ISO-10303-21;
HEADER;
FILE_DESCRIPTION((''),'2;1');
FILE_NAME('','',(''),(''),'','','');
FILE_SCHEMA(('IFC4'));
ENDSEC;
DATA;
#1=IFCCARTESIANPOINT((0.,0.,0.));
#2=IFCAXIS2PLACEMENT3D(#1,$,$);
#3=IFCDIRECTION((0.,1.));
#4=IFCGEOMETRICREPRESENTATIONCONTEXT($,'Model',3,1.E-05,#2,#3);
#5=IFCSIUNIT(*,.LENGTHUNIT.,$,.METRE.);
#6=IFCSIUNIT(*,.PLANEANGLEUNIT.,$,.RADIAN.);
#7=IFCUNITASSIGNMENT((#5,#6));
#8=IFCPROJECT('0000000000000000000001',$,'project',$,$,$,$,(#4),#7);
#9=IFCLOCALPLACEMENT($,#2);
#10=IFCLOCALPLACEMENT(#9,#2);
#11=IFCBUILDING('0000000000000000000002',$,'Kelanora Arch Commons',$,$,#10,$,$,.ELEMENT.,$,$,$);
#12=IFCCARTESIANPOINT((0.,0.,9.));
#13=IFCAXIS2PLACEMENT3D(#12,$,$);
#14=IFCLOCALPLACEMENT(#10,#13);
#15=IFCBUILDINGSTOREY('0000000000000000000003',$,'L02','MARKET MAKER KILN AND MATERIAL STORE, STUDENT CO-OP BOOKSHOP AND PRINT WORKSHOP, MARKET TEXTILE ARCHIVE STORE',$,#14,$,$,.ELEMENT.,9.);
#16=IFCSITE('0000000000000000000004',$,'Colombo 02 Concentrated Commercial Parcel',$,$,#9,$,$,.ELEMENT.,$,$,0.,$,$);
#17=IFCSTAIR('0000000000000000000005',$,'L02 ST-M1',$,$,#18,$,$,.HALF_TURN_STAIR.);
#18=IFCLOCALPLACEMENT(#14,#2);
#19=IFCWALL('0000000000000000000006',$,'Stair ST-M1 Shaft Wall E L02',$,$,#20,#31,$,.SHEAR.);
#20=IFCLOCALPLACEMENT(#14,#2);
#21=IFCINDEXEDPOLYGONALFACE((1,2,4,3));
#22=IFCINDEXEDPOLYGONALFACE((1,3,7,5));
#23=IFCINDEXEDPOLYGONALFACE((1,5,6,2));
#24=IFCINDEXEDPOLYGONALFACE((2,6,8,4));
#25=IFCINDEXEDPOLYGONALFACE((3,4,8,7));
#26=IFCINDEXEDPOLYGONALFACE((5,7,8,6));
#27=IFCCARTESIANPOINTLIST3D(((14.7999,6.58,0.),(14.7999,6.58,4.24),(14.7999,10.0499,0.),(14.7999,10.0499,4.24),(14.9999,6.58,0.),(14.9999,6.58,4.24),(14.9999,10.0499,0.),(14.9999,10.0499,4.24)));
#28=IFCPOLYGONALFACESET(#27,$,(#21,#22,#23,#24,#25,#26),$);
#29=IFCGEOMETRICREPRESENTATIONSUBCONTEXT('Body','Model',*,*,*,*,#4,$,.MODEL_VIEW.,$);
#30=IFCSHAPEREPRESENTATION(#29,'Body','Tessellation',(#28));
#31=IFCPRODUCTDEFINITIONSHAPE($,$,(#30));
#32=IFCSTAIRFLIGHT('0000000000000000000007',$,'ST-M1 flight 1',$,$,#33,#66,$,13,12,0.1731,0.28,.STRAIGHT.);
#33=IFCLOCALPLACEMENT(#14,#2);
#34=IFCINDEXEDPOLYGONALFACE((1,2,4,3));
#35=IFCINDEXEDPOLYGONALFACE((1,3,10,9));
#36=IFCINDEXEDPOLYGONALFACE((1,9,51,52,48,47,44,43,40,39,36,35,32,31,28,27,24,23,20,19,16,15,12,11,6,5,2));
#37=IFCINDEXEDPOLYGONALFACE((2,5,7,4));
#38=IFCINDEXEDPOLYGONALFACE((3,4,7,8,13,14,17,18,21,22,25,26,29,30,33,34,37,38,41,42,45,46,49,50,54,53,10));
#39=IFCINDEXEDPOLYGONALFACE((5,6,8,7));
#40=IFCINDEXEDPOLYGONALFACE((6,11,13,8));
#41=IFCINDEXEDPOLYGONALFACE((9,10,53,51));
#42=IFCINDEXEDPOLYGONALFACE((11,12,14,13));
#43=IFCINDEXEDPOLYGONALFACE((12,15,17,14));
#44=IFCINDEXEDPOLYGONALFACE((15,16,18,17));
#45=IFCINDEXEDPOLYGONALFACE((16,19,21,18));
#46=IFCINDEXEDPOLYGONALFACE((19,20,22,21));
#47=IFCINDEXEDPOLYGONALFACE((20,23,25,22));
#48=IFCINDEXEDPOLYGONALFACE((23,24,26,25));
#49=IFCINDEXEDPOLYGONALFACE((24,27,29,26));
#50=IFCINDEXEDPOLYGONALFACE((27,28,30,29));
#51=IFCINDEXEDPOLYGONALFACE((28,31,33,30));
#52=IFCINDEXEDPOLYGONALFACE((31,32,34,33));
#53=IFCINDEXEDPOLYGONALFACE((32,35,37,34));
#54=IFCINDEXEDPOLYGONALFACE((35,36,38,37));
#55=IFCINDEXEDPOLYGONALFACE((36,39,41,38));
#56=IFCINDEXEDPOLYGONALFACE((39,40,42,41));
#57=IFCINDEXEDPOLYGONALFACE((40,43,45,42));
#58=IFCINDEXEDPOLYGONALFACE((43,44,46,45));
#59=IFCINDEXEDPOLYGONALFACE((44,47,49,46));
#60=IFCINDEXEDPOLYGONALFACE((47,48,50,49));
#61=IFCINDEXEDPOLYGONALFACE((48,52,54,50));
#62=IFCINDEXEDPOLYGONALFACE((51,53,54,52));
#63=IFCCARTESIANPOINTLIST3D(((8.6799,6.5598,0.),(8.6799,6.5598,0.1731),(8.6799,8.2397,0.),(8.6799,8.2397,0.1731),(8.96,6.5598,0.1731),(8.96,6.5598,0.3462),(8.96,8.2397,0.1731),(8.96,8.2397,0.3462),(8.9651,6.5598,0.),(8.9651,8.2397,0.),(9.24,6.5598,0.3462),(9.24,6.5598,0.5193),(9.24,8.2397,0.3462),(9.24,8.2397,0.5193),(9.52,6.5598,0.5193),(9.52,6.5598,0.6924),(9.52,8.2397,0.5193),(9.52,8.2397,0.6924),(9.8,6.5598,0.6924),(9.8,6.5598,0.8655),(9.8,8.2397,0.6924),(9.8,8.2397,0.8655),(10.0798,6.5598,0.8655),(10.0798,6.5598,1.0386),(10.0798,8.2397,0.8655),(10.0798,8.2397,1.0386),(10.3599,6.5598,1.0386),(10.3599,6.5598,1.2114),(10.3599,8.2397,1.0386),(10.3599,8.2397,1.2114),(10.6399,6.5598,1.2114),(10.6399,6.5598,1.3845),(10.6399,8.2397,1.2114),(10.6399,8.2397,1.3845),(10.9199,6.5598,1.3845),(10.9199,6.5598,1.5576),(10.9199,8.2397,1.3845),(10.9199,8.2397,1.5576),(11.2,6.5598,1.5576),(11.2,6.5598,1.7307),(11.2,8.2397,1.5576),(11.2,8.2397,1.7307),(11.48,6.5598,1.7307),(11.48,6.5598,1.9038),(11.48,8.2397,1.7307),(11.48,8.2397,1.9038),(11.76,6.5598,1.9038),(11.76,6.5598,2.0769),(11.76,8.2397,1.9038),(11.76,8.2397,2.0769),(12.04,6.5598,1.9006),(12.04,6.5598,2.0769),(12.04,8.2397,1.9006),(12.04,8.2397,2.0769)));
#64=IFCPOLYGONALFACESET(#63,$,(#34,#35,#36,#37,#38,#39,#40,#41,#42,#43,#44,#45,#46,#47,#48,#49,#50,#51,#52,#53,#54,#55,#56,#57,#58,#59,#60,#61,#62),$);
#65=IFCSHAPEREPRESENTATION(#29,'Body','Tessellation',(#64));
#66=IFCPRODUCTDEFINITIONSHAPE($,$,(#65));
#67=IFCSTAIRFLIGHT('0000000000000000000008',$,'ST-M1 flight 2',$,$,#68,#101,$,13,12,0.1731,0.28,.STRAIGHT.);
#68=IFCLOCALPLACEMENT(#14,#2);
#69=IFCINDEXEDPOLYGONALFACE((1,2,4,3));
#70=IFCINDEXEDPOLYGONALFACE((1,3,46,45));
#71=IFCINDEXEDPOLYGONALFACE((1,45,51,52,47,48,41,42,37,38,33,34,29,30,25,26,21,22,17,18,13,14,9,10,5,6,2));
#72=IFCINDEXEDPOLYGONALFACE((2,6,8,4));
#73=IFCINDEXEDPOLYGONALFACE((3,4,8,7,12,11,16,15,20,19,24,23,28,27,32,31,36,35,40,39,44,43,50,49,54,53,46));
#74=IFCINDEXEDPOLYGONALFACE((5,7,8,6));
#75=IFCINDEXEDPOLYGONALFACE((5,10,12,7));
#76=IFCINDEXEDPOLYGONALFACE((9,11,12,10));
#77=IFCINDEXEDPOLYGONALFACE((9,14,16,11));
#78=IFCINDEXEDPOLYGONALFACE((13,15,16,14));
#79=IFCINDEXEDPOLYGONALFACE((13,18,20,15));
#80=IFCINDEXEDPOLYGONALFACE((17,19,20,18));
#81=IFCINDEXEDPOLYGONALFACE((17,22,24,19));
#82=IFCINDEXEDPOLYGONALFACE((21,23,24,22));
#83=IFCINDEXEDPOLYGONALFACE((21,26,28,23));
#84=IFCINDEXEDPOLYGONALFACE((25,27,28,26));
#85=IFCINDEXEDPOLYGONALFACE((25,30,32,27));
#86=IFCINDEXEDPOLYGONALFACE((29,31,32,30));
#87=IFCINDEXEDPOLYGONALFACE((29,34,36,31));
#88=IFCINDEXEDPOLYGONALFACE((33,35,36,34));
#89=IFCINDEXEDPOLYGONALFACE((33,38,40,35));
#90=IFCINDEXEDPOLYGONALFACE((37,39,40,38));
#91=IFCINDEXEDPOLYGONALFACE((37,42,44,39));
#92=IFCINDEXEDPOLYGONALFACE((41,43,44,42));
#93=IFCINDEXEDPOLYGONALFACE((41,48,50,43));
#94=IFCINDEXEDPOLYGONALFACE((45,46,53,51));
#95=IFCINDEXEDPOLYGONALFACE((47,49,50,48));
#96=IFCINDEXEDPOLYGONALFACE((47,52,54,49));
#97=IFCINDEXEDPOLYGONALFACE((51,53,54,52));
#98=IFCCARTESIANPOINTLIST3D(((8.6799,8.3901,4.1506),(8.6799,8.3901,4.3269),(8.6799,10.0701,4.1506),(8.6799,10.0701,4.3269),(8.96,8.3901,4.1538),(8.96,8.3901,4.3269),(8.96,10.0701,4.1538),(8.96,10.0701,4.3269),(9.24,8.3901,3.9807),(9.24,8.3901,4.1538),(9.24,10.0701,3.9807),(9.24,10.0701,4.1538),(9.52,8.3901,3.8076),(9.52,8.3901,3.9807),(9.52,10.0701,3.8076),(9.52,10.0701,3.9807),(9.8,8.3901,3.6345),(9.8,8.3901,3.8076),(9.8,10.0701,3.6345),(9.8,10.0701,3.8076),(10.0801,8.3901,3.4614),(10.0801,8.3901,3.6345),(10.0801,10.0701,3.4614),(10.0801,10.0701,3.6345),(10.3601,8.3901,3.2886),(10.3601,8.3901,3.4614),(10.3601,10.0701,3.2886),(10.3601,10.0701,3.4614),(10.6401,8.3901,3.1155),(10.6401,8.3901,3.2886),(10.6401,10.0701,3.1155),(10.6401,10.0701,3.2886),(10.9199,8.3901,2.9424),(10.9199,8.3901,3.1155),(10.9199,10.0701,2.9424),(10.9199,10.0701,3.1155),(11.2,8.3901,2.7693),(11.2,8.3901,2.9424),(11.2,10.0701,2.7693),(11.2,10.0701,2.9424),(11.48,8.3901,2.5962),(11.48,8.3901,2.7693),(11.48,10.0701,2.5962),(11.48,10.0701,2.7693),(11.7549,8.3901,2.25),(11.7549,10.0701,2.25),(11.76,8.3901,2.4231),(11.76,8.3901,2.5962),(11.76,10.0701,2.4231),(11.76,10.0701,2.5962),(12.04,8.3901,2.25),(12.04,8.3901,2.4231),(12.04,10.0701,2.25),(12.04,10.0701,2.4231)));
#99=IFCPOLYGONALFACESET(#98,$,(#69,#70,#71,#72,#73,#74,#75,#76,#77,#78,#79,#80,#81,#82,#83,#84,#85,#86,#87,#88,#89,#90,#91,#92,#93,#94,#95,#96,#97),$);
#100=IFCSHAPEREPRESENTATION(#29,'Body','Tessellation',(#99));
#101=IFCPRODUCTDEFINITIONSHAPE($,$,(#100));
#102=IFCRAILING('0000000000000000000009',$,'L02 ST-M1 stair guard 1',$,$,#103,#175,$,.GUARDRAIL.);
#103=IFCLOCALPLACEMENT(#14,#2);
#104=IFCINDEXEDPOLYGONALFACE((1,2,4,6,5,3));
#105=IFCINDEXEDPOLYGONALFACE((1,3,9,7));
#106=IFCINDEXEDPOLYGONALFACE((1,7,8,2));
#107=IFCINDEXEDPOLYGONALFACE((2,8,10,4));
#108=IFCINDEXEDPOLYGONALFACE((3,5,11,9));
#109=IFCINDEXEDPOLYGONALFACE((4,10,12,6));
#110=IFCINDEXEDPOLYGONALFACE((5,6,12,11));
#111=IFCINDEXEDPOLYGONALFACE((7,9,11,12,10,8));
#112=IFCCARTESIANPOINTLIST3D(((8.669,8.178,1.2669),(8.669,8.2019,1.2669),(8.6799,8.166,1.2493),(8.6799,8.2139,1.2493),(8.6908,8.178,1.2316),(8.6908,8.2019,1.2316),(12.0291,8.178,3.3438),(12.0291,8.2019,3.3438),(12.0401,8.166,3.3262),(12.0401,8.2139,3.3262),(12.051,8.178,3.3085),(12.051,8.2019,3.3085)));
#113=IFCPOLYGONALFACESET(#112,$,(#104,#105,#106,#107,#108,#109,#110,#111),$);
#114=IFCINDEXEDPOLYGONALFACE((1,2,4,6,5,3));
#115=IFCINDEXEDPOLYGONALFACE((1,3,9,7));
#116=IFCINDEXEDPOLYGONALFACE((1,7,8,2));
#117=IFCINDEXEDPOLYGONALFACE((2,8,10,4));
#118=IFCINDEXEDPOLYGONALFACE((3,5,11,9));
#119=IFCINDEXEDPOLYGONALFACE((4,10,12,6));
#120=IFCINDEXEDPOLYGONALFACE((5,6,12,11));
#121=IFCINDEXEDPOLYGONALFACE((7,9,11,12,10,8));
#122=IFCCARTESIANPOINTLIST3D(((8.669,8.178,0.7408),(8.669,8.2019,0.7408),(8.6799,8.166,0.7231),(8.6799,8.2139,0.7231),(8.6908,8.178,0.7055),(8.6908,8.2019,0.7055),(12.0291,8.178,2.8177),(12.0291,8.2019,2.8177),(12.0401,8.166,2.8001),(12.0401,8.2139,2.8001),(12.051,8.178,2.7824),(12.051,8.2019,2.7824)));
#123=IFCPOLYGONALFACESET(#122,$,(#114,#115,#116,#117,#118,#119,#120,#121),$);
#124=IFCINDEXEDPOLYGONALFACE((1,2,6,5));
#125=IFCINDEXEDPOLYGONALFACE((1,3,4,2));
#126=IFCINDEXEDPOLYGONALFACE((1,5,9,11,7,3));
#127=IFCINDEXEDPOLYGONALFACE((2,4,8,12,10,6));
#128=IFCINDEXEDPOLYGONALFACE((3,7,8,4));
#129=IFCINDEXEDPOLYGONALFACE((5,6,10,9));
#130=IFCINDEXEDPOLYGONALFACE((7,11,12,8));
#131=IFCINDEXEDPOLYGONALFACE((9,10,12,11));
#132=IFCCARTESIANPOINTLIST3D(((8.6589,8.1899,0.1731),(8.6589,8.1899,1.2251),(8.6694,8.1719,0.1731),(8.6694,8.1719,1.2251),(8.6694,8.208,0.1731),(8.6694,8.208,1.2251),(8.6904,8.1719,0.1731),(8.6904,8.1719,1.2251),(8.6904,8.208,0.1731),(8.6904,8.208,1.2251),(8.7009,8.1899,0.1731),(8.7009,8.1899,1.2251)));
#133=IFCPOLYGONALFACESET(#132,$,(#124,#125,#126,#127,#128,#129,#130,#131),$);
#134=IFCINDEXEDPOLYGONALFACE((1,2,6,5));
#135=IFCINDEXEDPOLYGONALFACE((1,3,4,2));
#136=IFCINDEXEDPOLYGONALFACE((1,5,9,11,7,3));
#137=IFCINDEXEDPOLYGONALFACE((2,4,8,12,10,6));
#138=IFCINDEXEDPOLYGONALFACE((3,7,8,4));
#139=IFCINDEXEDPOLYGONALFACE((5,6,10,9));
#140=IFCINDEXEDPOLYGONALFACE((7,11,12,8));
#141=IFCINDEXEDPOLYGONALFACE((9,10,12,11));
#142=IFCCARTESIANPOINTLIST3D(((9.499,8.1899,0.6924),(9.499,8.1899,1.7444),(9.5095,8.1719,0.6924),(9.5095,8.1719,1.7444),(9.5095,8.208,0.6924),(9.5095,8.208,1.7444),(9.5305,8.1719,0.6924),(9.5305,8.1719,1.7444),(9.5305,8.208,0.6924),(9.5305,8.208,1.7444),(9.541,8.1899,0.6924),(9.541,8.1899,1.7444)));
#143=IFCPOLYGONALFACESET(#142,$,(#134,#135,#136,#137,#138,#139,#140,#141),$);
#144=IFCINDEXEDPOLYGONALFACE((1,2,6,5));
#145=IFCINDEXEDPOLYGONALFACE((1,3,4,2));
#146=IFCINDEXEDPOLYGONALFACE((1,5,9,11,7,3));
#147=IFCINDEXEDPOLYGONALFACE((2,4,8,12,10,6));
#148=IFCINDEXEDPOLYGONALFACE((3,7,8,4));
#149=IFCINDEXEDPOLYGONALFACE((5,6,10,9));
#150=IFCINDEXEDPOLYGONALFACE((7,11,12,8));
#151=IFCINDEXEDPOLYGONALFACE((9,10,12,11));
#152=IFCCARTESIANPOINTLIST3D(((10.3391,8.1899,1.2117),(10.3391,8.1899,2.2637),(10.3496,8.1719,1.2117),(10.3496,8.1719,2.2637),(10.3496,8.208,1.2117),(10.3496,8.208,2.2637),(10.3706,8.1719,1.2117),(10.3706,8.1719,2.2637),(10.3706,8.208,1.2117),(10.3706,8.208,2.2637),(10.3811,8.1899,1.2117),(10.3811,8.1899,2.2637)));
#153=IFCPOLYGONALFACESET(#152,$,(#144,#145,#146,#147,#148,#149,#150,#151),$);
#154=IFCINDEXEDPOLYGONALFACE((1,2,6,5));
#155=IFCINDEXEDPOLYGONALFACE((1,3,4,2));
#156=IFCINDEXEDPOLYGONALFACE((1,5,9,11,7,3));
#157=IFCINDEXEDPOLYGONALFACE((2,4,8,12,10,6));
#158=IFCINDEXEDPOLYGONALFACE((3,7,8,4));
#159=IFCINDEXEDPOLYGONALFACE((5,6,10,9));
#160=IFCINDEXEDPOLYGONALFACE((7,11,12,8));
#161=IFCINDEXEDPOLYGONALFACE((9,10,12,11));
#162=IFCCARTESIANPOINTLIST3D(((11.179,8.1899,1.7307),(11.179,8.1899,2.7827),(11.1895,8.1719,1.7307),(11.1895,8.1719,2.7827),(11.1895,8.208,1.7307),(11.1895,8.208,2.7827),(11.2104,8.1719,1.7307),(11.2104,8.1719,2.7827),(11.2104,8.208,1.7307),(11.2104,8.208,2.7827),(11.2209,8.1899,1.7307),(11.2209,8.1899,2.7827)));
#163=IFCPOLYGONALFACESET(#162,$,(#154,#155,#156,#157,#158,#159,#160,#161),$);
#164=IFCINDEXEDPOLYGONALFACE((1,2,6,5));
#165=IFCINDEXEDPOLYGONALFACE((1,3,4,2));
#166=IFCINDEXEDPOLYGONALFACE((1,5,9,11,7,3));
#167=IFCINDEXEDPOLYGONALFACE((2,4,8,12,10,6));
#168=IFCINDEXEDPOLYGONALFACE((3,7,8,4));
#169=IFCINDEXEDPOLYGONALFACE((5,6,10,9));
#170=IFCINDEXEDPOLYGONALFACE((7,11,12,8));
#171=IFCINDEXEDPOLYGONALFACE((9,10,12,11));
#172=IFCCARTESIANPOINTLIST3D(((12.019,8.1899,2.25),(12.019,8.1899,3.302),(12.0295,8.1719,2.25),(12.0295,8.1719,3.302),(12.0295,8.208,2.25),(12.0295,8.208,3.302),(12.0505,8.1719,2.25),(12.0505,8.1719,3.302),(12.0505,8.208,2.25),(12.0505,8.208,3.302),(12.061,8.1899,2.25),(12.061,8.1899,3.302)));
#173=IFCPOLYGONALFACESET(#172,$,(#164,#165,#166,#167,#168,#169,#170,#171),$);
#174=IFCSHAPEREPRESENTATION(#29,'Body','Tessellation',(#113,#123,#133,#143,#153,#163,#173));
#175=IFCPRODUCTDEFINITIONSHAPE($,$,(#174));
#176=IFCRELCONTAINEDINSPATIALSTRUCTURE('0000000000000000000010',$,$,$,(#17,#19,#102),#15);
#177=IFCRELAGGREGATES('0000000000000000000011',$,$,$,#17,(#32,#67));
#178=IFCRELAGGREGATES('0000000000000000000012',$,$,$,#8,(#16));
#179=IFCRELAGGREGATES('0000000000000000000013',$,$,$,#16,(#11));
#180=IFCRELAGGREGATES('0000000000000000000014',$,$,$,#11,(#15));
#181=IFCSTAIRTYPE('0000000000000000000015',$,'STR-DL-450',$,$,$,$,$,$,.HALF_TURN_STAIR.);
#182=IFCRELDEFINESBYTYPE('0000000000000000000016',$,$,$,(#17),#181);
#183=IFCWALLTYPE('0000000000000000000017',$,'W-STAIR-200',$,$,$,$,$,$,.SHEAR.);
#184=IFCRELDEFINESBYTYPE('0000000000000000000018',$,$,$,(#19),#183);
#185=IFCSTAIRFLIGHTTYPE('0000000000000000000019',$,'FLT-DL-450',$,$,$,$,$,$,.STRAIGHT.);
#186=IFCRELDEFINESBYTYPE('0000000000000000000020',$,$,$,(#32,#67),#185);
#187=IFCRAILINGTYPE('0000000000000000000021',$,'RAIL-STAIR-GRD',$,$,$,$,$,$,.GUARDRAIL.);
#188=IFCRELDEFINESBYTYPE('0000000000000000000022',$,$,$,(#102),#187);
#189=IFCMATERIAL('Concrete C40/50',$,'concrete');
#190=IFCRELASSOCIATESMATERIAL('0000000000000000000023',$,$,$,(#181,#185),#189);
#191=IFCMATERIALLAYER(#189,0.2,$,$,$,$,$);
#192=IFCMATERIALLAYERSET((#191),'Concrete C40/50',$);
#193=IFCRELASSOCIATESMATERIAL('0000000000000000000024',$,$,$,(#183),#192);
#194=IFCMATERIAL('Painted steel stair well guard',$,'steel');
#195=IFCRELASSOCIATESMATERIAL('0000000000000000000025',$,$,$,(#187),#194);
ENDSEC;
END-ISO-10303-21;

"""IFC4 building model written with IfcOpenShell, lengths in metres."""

from ifc_helpers import new_model, si_unit, direction, frame, frame_2d, origin, place, context, subcontext, project, spatial, polyline, rectangle, outline, extrude, material, layer, layer_set, type_object, element, aggregate, save


model = new_model("IFC4")

# Units and contexts
model_context = context("Model", 3, precision=1e-05, world=origin(), true_north=direction((0.0, 1.0)))
body_context = subcontext(model_context, "Body", "Model", "MODEL_VIEW")
ifc_project = project(units=[si_unit("LENGTHUNIT", "METRE"), si_unit("PLANEANGLEUNIT", "RADIAN")], contexts=[model_context])

# Site, building, storey
site_placement = place(None, origin())
site = spatial("IfcSite", under=ifc_project, at=site_placement, Name="Colombo 02 Concentrated Commercial Parcel", CompositionType="ELEMENT", RefElevation=0.0)
building_placement = place(site_placement, origin())
building = spatial("IfcBuilding", under=site, at=building_placement, Name="Kelanora Arch Commons", CompositionType="ELEMENT")
storey_placement = place(building_placement, frame((0.0, 0.0, 9.0)))
storey = spatial("IfcBuildingStorey", under=building, at=storey_placement, Name="L02", Description="MARKET MAKER KILN AND MATERIAL STORE, STUDENT CO-OP BOOKSHOP AND PRINT WORKSHOP, MARKET TEXTILE ARCHIVE STORE", CompositionType="ELEMENT", Elevation=9.0)

# Shared definitions
ifc_material_1 = material(Name="Concrete C40/50", Category="concrete")

# Stair
stair_type = type_object("IfcStairType", Name="STR-DL-450", PredefinedType="HALF_TURN_STAIR", material=ifc_material_1)
stair_1_placement = place(storey_placement, origin())
stair_1 = element("IfcStair", 1, at=stair_1_placement, inside=storey, type_object=stair_type, Name="L02 ST-M1", PredefinedType="HALF_TURN_STAIR")

# Wall
ifc_layer_1 = layer(ifc_material_1, 0.2)
ifc_layer_set_1 = layer_set([ifc_layer_1], Name="Concrete C40/50")
wall_type_1 = type_object("IfcWallType", Name="W-STAIR-200", PredefinedType="SHEAR", material=ifc_layer_set_1)
wall_1_placement = place(storey_placement, frame((14.8999, 6.5801, 0.0), z_axis=(0.0, 0.0, 1.0), x_axis=(0.0, 1.0, 0.0)))
element("IfcWall", 2, at=wall_1_placement, inside=storey, type_object=wall_type_1, Name="Stair ST-M1 Shaft Wall E L02", PredefinedType="SHEAR", context=body_context, shape_type="SweptSolid", body=[
    extrude(rectangle(XDim=3.47, YDim=0.2, at=frame_2d((1.7349, 0.0))), origin(), (0.0, 0.0, 1.0), 4.24),
])

# Stair flights
stair_flight_type = type_object("IfcStairFlightType", Name="FLT-DL-450", PredefinedType="STRAIGHT", material=ifc_material_1)
stair_flight_1_placement = place(storey_placement, frame((8.6799, 7.3999, 0.0), z_axis=(0.0, 0.0, 1.0), x_axis=(1.0, 0.0, 0.0)))
stair_flight_1 = element("IfcStairFlight", 3, at=stair_flight_1_placement, type_object=stair_flight_type, Name="ST-M1 flight 1", NumberOfRisers=13, NumberOfTreads=12, PredefinedType="STRAIGHT", RiserHeight=0.1731, TreadLength=0.28, context=body_context, shape_type="SweptSolid", body=[
    extrude(outline(polyline([(0.0, 0.0), (0.0, 0.1731), (0.28, 0.1731), (0.28, 0.3462), (0.5601, 0.3462), (0.5601, 0.5193), (0.8401, 0.5193), (0.8401, 0.6924), (1.1201, 0.6924), (1.1201, 0.8655), (1.3999, 0.8655), (1.3999, 1.0386), (1.6799, 1.0386), (1.6799, 1.2114), (1.96, 1.2114), (1.96, 1.3845), (2.24, 1.3845), (2.24, 1.5576), (2.52, 1.5576), (2.52, 1.7307), (2.8, 1.7307), (2.8, 1.9038), (3.0801, 1.9038), (3.0801, 2.0769), (3.3601, 2.0769), (3.3601, 2.25), (3.3601, 1.9006), (0.2852, 0.0), (0.0, 0.0)])), frame((0.0, 0.8398, 0.0), z_axis=(0.0, -1.0, 0.0), x_axis=(1.0, 0.0, 0.0)), (0.0, 0.0, 1.0), 1.6799),
])
stair_flight_2_placement = place(storey_placement, frame((12.04, 9.23, 2.25), z_axis=(0.0, 0.0, 1.0), x_axis=(-1.0, 0.0, 0.0)))
stair_flight_2 = element("IfcStairFlight", 4, at=stair_flight_2_placement, type_object=stair_flight_type, Name="ST-M1 flight 2", NumberOfRisers=13, NumberOfTreads=12, PredefinedType="STRAIGHT", RiserHeight=0.1731, TreadLength=0.28, context=body_context, shape_type="SweptSolid", body=[
    extrude(outline(polyline([(0.0, 0.0), (0.0, 0.1731), (0.28, 0.1731), (0.28, 0.3462), (0.5601, 0.3462), (0.5601, 0.5193), (0.8401, 0.5193), (0.8401, 0.6924), (1.1201, 0.6924), (1.1201, 0.8655), (1.3999, 0.8655), (1.3999, 1.0386), (1.6799, 1.0386), (1.6799, 1.2114), (1.96, 1.2114), (1.96, 1.3845), (2.24, 1.3845), (2.24, 1.5576), (2.52, 1.5576), (2.52, 1.7307), (2.8, 1.7307), (2.8, 1.9038), (3.0801, 1.9038), (3.0801, 2.0769), (3.3601, 2.0769), (3.3601, 2.25), (3.3601, 1.9006), (0.2852, 0.0), (0.0, 0.0)])), frame((0.0, 0.8398, 0.0), z_axis=(0.0, -1.0, 0.0), x_axis=(1.0, 0.0, 0.0)), (0.0, 0.0, 1.0), 1.6799),
])
aggregate(stair_1, [stair_flight_1, stair_flight_2])

# Railing
ifc_material_2 = material(Name="Painted steel stair well guard", Category="steel")
railing_type_1 = type_object("IfcRailingType", Name="RAIL-STAIR-GRD", PredefinedType="GUARDRAIL", material=ifc_material_2)
railing_1_placement = place(storey_placement, frame((8.6799, 8.1899, 0.1731)))
element("IfcRailing", 5, at=railing_1_placement, inside=storey, type_object=railing_type_1, Name="L02 ST-M1 stair guard 1", PredefinedType="GUARDRAIL", context=body_context, shape_type="SweptSolid", body=[
    extrude(outline(polyline([(0.0239, 0.0), (0.012, 0.0208), (-0.012, 0.0208), (-0.0239, 0.0), (-0.012, -0.0208), (0.012, -0.0208), (0.0239, 0.0)])), frame((0.0, 0.0, 1.0762), z_axis=(0.850623, 0.0, 0.525776), x_axis=(0.0, 1.0, 0.0)), (0.0, 0.0, 1.0), 3.9502),
    extrude(outline(polyline([(0.0239, 0.0), (0.012, 0.0208), (-0.012, 0.0208), (-0.0239, 0.0), (-0.012, -0.0208), (0.012, -0.0208), (0.0239, 0.0)])), frame((0.0, 0.0, 0.55), z_axis=(0.850623, 0.0, 0.525776), x_axis=(0.0, 1.0, 0.0)), (0.0, 0.0, 1.0), 3.9502),
    extrude(outline(polyline([(0.021, 0.0), (0.0105, 0.0181), (-0.0105, 0.0181), (-0.021, 0.0), (-0.0105, -0.0181), (0.0105, -0.0181), (0.021, 0.0)])), origin(), (0.0, 0.0, 1.0), 1.052),
    extrude(outline(polyline([(0.021, 0.0), (0.0105, 0.0181), (-0.0105, 0.0181), (-0.021, 0.0), (-0.0105, -0.0181), (0.0105, -0.0181), (0.021, 0.0)])), frame((0.8401, 0.0, 0.5193)), (0.0, 0.0, 1.0), 1.052),
    extrude(outline(polyline([(0.021, 0.0), (0.0105, 0.0181), (-0.0105, 0.0181), (-0.021, 0.0), (-0.0105, -0.0181), (0.0105, -0.0181), (0.021, 0.0)])), frame((1.6802, 0.0, 1.0386)), (0.0, 0.0, 1.0), 1.052),
    extrude(outline(polyline([(0.021, 0.0), (0.0105, 0.0181), (-0.0105, 0.0181), (-0.021, 0.0), (-0.0105, -0.0181), (0.0105, -0.0181), (0.021, 0.0)])), frame((2.52, 0.0, 1.5576)), (0.0, 0.0, 1.0), 1.052),
    extrude(outline(polyline([(0.021, 0.0), (0.0105, 0.0181), (-0.0105, 0.0181), (-0.021, 0.0), (-0.0105, -0.0181), (0.0105, -0.0181), (0.021, 0.0)])), frame((3.3601, 0.0, 2.0769)), (0.0, 0.0, 1.0), 1.052),
])

save(model, "model.ifc")
